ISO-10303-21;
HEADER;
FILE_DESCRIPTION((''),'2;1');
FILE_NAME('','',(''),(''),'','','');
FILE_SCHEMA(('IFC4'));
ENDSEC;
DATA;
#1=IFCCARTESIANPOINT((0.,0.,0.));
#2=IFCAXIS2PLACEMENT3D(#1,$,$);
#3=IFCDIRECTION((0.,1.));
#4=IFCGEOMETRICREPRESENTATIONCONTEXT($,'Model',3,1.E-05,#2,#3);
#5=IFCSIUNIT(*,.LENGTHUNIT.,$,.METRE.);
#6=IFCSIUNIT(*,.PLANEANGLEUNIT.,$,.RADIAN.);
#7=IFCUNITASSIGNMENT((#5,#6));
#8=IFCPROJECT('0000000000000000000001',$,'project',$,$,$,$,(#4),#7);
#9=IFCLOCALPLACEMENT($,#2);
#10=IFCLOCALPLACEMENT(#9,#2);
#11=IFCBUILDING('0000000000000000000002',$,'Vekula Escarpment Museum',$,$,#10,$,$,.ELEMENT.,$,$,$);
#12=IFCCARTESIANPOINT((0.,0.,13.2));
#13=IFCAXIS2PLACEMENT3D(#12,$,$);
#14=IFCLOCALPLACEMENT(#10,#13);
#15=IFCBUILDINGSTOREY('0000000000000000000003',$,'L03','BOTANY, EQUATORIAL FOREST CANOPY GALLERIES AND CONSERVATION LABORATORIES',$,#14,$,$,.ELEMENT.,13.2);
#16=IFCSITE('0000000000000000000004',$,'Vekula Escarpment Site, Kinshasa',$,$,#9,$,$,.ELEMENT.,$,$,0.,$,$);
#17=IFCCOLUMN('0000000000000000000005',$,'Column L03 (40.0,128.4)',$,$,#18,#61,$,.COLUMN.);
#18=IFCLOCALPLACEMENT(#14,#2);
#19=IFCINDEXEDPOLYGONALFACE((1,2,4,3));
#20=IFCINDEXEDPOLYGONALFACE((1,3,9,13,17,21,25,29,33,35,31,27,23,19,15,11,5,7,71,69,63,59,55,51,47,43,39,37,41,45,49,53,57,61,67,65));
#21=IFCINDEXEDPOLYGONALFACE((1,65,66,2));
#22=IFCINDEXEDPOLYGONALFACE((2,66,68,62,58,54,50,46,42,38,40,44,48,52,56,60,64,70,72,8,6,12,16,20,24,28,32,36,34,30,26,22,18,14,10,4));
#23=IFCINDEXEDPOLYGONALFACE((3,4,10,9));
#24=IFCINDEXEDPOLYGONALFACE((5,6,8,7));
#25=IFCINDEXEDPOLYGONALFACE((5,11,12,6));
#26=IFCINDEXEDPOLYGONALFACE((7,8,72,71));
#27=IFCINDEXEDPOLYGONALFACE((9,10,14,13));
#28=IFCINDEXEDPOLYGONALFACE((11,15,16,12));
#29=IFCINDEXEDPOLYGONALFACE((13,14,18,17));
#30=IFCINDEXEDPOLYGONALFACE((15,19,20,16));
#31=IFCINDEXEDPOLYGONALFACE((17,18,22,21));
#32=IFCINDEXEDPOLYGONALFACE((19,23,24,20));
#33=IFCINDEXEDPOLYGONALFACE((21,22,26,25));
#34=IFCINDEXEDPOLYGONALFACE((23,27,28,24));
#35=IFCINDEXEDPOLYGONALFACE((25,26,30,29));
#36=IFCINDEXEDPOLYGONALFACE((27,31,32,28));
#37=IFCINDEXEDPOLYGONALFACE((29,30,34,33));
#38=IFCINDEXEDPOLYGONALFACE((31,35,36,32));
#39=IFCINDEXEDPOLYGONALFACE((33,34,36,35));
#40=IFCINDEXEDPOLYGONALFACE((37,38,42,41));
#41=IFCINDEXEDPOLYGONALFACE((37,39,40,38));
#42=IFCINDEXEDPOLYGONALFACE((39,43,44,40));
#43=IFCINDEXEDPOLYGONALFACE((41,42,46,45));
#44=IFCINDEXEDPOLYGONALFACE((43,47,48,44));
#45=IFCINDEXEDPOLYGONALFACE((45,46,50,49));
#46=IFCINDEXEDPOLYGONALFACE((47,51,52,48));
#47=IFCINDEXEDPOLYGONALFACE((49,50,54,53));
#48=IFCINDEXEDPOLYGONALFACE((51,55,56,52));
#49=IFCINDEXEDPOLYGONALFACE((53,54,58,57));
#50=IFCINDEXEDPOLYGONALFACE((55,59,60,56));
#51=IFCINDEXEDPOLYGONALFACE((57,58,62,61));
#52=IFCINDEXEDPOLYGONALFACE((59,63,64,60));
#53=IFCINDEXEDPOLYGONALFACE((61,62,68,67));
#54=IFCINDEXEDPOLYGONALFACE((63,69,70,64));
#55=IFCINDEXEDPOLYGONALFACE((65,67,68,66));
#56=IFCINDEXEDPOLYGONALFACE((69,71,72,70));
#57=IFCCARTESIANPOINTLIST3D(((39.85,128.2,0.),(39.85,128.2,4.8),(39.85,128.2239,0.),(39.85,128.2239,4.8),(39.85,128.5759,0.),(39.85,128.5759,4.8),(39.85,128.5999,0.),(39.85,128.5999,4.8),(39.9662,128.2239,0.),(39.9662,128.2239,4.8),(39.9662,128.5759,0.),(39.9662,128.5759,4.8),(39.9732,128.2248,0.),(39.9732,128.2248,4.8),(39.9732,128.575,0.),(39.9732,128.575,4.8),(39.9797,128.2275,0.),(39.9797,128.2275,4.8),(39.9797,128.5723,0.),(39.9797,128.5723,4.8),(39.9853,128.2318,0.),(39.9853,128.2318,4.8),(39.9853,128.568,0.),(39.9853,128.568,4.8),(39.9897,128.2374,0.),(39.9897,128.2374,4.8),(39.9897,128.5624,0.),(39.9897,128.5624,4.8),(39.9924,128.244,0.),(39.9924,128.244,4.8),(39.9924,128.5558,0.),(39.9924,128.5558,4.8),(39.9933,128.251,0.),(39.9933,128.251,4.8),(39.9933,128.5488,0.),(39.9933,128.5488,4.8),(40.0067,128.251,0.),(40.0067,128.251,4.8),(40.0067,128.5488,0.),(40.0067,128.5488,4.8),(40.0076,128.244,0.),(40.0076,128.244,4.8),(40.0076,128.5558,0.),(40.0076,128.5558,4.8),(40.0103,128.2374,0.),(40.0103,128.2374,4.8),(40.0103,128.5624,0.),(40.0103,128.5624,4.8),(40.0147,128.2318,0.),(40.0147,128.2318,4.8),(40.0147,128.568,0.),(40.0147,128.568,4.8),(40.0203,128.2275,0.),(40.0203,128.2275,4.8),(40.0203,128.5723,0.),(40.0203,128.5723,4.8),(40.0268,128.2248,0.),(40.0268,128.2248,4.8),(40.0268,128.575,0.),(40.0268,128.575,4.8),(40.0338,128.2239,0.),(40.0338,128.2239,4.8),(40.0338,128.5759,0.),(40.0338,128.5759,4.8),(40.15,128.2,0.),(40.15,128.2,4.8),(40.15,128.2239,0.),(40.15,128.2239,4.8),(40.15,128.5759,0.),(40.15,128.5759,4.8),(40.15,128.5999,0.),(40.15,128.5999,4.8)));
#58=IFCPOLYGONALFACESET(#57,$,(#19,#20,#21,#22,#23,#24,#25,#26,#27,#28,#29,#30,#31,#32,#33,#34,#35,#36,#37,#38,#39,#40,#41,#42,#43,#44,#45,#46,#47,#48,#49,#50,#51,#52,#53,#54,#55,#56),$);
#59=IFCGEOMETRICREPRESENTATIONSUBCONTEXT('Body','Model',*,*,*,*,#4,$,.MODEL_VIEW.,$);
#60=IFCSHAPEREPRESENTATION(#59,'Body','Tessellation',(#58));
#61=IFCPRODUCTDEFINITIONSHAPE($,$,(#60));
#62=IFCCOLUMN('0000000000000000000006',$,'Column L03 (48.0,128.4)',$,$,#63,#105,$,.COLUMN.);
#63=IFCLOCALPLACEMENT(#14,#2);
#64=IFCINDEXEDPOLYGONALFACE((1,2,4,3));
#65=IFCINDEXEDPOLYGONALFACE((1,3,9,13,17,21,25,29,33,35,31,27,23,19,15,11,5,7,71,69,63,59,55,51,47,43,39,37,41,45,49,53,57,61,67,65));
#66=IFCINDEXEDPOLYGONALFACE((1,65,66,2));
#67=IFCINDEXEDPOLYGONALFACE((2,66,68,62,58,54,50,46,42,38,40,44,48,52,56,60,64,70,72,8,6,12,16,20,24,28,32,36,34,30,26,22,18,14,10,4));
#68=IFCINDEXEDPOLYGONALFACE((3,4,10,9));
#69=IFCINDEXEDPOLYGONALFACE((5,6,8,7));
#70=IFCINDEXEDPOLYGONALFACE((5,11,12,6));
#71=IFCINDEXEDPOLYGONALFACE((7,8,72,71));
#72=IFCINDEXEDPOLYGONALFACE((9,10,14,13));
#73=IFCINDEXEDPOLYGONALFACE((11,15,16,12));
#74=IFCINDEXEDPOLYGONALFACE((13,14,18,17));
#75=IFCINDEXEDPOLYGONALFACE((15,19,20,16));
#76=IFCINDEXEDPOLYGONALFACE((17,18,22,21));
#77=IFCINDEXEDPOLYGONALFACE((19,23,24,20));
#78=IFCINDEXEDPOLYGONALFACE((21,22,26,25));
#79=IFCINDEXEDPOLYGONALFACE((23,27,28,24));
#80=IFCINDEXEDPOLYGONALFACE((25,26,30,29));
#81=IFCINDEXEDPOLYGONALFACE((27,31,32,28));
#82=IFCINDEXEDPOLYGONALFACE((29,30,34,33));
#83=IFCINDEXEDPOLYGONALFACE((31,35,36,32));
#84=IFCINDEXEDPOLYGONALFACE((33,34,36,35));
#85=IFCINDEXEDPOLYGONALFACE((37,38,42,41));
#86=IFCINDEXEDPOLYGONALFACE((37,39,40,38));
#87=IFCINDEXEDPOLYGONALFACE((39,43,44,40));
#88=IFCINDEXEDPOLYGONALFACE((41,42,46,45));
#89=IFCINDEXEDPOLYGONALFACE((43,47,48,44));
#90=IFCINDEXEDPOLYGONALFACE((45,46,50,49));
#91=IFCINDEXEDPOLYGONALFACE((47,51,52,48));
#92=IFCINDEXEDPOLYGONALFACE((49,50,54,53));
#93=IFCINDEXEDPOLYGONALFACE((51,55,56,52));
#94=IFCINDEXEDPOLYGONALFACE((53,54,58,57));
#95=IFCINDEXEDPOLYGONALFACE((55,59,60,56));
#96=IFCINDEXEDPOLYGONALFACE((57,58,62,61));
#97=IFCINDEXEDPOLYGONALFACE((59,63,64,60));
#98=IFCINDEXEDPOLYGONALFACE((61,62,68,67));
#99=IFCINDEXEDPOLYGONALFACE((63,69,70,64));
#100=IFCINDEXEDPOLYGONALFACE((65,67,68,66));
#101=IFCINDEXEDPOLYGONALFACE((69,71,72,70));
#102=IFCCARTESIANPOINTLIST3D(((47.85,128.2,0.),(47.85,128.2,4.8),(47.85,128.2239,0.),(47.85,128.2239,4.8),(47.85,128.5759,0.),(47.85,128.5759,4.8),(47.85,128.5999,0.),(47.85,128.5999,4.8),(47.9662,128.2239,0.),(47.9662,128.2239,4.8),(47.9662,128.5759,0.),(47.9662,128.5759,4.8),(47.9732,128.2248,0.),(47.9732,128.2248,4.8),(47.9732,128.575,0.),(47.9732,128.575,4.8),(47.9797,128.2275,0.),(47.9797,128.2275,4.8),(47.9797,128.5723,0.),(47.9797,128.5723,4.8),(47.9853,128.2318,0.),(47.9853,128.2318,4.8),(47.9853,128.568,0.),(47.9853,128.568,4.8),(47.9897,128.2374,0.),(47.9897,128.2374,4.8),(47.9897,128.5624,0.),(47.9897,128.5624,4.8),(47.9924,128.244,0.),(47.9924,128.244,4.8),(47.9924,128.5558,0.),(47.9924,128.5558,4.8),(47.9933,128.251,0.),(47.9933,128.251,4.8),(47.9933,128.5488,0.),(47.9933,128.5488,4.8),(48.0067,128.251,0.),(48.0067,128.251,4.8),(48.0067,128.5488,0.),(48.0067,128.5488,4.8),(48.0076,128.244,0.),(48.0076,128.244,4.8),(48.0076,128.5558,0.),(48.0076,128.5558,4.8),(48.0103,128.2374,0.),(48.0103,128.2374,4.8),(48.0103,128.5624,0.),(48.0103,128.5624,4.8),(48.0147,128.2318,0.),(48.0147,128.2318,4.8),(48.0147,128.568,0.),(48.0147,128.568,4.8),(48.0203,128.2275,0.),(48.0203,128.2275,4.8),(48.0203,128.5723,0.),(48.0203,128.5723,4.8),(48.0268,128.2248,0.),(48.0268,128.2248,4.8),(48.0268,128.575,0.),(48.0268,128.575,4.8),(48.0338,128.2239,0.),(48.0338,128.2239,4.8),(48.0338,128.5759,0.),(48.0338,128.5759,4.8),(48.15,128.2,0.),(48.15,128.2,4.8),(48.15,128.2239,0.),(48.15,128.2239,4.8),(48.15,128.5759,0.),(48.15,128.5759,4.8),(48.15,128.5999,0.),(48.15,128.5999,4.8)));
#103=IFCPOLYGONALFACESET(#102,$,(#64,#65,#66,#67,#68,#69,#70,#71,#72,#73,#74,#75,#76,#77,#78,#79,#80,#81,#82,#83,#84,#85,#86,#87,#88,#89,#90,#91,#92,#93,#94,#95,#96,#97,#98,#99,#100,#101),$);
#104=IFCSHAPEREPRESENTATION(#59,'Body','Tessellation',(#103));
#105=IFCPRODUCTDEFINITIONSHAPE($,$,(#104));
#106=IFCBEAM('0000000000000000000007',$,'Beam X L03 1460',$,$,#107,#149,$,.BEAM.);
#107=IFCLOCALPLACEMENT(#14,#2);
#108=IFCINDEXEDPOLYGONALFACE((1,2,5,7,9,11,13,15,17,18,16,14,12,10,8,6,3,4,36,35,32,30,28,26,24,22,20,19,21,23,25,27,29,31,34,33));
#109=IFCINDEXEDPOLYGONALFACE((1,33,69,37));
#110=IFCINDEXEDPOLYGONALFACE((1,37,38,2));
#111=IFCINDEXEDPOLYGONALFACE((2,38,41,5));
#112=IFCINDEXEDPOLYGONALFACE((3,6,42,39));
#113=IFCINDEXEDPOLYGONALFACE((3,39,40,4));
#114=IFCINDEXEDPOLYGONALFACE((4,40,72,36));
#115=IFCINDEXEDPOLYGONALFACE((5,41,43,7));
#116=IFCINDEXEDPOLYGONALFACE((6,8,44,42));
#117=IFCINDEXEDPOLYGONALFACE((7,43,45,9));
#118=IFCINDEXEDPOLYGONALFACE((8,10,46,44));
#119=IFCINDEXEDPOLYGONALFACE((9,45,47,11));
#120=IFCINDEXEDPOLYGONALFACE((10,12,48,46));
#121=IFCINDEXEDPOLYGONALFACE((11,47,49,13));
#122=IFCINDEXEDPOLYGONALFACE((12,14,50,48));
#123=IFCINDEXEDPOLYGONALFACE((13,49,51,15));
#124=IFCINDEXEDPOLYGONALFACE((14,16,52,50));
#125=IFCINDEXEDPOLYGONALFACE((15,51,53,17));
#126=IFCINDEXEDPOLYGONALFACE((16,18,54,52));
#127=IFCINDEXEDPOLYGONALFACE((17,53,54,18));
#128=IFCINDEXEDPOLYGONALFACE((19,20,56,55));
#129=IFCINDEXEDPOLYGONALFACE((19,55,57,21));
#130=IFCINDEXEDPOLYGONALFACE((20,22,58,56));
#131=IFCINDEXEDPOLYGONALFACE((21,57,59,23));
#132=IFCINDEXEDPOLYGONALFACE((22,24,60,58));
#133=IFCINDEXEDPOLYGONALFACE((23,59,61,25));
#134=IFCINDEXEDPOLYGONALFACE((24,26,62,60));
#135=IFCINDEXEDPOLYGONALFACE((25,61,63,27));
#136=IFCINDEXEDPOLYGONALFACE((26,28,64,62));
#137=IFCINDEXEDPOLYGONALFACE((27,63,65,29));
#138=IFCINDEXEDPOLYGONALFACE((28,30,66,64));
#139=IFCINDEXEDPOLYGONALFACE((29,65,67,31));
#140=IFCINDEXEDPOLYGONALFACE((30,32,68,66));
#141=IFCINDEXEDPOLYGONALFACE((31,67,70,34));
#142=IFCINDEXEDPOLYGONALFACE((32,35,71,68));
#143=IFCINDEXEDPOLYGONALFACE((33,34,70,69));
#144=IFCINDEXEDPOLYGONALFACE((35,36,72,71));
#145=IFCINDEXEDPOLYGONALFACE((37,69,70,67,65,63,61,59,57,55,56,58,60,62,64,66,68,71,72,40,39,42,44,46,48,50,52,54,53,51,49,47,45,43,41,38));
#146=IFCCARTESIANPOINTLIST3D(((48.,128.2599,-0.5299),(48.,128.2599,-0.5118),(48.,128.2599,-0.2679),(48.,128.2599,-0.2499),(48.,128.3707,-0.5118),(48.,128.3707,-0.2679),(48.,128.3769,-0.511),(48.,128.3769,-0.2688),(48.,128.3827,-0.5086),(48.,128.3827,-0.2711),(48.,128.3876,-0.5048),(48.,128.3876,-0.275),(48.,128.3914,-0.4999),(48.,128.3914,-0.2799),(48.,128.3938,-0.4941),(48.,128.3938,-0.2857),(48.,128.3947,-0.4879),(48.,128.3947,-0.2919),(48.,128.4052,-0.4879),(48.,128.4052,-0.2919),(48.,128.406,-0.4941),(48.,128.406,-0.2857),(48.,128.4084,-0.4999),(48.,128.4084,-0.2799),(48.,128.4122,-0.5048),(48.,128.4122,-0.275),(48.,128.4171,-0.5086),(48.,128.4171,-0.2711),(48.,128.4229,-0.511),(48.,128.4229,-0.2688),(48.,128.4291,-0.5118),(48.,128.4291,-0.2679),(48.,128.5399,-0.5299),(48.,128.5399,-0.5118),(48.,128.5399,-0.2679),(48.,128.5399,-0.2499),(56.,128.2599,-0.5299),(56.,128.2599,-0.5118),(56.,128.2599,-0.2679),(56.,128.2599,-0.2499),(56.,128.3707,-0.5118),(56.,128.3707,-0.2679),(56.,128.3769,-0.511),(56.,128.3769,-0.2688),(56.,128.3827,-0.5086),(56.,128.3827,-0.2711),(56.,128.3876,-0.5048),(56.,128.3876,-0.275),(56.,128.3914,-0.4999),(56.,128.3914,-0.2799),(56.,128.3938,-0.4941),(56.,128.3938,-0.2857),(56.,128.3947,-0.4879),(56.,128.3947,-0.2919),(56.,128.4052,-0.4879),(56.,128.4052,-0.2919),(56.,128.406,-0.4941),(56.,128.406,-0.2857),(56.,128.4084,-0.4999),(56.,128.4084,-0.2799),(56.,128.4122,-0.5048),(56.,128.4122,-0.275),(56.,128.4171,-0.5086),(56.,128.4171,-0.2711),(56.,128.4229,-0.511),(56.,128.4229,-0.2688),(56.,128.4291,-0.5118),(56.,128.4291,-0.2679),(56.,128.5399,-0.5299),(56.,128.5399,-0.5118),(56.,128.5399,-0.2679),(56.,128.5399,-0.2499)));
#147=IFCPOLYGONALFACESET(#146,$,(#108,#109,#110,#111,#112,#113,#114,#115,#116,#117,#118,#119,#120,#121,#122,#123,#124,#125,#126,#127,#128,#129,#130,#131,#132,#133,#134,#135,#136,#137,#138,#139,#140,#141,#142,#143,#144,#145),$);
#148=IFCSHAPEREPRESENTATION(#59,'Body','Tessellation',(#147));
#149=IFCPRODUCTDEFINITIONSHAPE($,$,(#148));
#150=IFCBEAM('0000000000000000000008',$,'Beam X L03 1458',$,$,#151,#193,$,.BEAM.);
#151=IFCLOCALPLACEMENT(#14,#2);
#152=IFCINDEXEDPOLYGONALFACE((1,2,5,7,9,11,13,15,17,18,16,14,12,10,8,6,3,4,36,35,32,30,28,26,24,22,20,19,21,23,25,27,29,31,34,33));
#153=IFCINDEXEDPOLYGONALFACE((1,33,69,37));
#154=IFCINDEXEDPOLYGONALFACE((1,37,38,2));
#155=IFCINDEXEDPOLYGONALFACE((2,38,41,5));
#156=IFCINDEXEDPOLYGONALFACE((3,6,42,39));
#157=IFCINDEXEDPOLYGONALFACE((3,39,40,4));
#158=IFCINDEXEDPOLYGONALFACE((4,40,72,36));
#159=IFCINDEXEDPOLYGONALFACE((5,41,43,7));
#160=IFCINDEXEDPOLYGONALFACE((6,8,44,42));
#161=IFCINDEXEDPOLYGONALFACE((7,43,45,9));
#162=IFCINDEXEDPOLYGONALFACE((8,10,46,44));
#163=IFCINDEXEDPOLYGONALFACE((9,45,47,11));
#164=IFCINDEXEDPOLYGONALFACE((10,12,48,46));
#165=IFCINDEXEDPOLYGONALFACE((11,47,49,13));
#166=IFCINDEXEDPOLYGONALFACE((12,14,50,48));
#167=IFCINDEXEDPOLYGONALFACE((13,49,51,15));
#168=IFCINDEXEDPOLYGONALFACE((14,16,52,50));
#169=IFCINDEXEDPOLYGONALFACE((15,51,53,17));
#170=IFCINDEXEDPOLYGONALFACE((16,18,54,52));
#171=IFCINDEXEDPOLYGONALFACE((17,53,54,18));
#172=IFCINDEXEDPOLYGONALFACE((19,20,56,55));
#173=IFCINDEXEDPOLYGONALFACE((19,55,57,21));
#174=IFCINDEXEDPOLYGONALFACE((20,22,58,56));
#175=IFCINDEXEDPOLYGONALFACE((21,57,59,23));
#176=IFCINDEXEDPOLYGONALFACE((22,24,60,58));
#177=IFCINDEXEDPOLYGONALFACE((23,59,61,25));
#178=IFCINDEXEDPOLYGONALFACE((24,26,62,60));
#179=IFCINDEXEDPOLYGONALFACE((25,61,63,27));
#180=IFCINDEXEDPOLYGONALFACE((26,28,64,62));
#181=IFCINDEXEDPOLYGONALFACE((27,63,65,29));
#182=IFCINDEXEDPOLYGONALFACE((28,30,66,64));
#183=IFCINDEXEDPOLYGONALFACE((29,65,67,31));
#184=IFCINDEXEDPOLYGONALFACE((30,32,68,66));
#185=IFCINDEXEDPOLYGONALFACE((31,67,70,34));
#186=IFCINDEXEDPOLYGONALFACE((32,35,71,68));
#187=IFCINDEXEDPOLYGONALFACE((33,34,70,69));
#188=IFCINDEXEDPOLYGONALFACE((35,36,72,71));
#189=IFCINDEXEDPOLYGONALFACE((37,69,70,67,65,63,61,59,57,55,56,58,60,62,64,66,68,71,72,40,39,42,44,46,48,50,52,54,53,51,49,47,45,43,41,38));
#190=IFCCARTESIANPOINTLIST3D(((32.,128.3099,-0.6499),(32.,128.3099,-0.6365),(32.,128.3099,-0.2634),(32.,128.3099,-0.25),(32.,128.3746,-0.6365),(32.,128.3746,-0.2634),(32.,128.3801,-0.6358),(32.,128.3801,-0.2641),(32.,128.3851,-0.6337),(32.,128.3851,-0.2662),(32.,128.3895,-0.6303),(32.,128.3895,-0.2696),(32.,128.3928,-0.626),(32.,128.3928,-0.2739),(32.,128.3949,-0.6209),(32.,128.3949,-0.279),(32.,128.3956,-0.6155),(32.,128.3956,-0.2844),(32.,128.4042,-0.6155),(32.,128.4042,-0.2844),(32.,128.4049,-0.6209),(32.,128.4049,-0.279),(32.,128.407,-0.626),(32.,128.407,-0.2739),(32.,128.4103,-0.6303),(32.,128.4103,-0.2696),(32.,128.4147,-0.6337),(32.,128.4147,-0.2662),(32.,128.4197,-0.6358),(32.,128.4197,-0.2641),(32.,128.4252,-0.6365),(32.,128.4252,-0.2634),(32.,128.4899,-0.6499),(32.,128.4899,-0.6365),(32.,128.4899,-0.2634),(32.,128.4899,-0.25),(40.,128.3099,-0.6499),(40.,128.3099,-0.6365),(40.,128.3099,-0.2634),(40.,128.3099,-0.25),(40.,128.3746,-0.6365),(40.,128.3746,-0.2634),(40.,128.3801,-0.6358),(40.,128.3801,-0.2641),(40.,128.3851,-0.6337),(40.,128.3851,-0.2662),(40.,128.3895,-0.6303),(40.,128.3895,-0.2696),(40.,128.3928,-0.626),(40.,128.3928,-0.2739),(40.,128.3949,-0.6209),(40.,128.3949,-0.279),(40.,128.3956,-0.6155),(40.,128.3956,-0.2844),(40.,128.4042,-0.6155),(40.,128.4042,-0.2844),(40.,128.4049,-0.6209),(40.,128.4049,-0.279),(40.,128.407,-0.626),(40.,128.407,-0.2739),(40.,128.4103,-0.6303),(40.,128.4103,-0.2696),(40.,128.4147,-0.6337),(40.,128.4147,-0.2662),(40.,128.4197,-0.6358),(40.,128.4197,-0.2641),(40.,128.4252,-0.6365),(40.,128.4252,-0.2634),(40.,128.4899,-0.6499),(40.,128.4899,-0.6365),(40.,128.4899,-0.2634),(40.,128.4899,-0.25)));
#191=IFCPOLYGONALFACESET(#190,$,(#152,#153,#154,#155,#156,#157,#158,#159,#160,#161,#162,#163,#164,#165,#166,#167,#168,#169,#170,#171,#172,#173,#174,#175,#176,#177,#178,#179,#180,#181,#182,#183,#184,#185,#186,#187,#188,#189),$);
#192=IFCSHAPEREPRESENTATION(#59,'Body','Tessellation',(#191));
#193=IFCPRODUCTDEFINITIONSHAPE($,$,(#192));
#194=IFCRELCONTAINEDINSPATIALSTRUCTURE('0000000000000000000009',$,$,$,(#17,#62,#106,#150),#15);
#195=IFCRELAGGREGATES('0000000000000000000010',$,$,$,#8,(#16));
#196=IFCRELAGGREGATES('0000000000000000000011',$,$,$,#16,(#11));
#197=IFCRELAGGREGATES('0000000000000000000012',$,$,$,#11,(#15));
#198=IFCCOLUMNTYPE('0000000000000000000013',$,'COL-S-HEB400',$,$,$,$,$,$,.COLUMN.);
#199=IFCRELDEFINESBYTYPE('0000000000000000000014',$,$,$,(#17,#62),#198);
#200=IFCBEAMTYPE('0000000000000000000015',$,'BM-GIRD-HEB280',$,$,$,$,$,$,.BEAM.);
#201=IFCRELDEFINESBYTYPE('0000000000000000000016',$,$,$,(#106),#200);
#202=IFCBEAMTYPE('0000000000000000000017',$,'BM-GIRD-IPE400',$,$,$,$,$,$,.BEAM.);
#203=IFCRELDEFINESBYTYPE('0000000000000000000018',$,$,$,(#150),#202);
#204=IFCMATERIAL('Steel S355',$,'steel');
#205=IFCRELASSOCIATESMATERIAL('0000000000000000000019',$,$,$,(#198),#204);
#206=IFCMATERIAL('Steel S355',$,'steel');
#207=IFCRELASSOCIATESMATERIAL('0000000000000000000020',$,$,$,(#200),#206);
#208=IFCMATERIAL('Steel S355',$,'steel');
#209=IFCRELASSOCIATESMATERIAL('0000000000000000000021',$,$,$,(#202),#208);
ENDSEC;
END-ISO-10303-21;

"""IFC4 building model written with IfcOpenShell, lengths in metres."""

from ifc_helpers import new_model, si_unit, direction, frame, origin, origin_2d, place, context, subcontext, project, spatial, i_section, extrude, material, material_profile, profile_set, type_object, element, save


model = new_model("IFC4")

# Units and contexts
model_context = context("Model", 3, precision=1e-05, world=origin(), true_north=direction((0.0, 1.0)))
body_context = subcontext(model_context, "Body", "Model", "MODEL_VIEW")
ifc_project = project(units=[si_unit("LENGTHUNIT", "METRE"), si_unit("PLANEANGLEUNIT", "RADIAN")], contexts=[model_context])

# Site, building, storey
site_placement = place(None, origin())
site = spatial("IfcSite", under=ifc_project, at=site_placement, Name="Vekula Escarpment Site, Kinshasa", CompositionType="ELEMENT", RefElevation=0.0)
building_placement = place(site_placement, origin())
building = spatial("IfcBuilding", under=site, at=building_placement, Name="Vekula Escarpment Museum", CompositionType="ELEMENT")
storey_placement = place(building_placement, frame((0.0, 0.0, 13.2)))
storey = spatial("IfcBuildingStorey", under=building, at=storey_placement, Name="L03", Description="BOTANY, EQUATORIAL FOREST CANOPY GALLERIES AND CONSERVATION LABORATORIES", CompositionType="ELEMENT", Elevation=13.2)

# Columns
ifc_material_1 = material(Name="Steel S355", Category="steel")
ifc_material_profile_1 = material_profile(ifc_material_1, i_section(OverallWidth=0.3, OverallDepth=0.3999, WebThickness=0.0134, FlangeThickness=0.0239, FilletRadius=0.0271, at=origin_2d()), Name="HEB 400")
ifc_profile_set_1 = profile_set([ifc_material_profile_1], Name="Steel S355")
column_type = type_object("IfcColumnType", Name="COL-S-HEB400", PredefinedType="COLUMN", material=ifc_profile_set_1)
for number, where, z_axis, x_axis, name in (
    (1, (40.0, 128.3999, 0.0), (0.0, 0.0, 1.0), (1.0, 0.0, 0.0), "Column L03 (40.0,128.4)"),
    (2, (48.0, 128.3999, 0.0), (0.0, 0.0, 1.0), (1.0, 0.0, 0.0), "Column L03 (48.0,128.4)"),
):
    element("IfcColumn", number, at=place(storey_placement, frame(where, z_axis=z_axis, x_axis=x_axis)), inside=storey, type_object=column_type, Name=name, PredefinedType="COLUMN", context=body_context, shape_type="SweptSolid", body=[
        extrude(i_section(OverallWidth=0.3, OverallDepth=0.3999, WebThickness=0.0134, FlangeThickness=0.0239, FilletRadius=0.0271, at=origin_2d()), origin(), (0.0, 0.0, 1.0), 4.8),
    ])

# Beams
ifc_material_2 = material(Name="Steel S355", Category="steel")
ifc_material_profile_2 = material_profile(ifc_material_2, i_section(OverallWidth=0.28, OverallDepth=0.28, WebThickness=0.0105, FlangeThickness=0.0181, FilletRadius=0.0239, at=origin_2d()), Name="HEB 280")
ifc_profile_set_2 = profile_set([ifc_material_profile_2], Name="Steel S355")
beam_type_1 = type_object("IfcBeamType", Name="BM-GIRD-HEB280", PredefinedType="BEAM", material=ifc_profile_set_2)
beam_1_placement = place(storey_placement, frame((48.0, 128.3999, -0.3899), z_axis=(1.0, 0.0, 0.0), x_axis=(0.0, 1.0, 0.0)))
element("IfcBeam", 3, at=beam_1_placement, inside=storey, type_object=beam_type_1, Name="Beam X L03 1460", PredefinedType="BEAM", context=body_context, shape_type="SweptSolid", body=[
    extrude(i_section(OverallWidth=0.28, OverallDepth=0.28, WebThickness=0.0105, FlangeThickness=0.0181, FilletRadius=0.0239, at=origin_2d()), origin(), (0.0, 0.0, 1.0), 8.0),
])
ifc_material_3 = material(Name="Steel S355", Category="steel")
ifc_material_profile_3 = material_profile(ifc_material_3, i_section(OverallWidth=0.1799, OverallDepth=0.3999, WebThickness=0.0085, FlangeThickness=0.0134, FilletRadius=0.021, at=origin_2d()), Name="IPE 400")
ifc_profile_set_3 = profile_set([ifc_material_profile_3], Name="Steel S355")
beam_type_2 = type_object("IfcBeamType", Name="BM-GIRD-IPE400", PredefinedType="BEAM", material=ifc_profile_set_3)
beam_2_placement = place(storey_placement, frame((32.0, 128.3999, -0.45), z_axis=(1.0, 0.0, 0.0), x_axis=(0.0, 1.0, 0.0)))
element("IfcBeam", 4, at=beam_2_placement, inside=storey, type_object=beam_type_2, Name="Beam X L03 1458", PredefinedType="BEAM", context=body_context, shape_type="SweptSolid", body=[
    extrude(i_section(OverallWidth=0.1799, OverallDepth=0.3999, WebThickness=0.0085, FlangeThickness=0.0134, FilletRadius=0.021, at=origin_2d()), origin(), (0.0, 0.0, 1.0), 8.0),
])

save(model, "model.ifc")
